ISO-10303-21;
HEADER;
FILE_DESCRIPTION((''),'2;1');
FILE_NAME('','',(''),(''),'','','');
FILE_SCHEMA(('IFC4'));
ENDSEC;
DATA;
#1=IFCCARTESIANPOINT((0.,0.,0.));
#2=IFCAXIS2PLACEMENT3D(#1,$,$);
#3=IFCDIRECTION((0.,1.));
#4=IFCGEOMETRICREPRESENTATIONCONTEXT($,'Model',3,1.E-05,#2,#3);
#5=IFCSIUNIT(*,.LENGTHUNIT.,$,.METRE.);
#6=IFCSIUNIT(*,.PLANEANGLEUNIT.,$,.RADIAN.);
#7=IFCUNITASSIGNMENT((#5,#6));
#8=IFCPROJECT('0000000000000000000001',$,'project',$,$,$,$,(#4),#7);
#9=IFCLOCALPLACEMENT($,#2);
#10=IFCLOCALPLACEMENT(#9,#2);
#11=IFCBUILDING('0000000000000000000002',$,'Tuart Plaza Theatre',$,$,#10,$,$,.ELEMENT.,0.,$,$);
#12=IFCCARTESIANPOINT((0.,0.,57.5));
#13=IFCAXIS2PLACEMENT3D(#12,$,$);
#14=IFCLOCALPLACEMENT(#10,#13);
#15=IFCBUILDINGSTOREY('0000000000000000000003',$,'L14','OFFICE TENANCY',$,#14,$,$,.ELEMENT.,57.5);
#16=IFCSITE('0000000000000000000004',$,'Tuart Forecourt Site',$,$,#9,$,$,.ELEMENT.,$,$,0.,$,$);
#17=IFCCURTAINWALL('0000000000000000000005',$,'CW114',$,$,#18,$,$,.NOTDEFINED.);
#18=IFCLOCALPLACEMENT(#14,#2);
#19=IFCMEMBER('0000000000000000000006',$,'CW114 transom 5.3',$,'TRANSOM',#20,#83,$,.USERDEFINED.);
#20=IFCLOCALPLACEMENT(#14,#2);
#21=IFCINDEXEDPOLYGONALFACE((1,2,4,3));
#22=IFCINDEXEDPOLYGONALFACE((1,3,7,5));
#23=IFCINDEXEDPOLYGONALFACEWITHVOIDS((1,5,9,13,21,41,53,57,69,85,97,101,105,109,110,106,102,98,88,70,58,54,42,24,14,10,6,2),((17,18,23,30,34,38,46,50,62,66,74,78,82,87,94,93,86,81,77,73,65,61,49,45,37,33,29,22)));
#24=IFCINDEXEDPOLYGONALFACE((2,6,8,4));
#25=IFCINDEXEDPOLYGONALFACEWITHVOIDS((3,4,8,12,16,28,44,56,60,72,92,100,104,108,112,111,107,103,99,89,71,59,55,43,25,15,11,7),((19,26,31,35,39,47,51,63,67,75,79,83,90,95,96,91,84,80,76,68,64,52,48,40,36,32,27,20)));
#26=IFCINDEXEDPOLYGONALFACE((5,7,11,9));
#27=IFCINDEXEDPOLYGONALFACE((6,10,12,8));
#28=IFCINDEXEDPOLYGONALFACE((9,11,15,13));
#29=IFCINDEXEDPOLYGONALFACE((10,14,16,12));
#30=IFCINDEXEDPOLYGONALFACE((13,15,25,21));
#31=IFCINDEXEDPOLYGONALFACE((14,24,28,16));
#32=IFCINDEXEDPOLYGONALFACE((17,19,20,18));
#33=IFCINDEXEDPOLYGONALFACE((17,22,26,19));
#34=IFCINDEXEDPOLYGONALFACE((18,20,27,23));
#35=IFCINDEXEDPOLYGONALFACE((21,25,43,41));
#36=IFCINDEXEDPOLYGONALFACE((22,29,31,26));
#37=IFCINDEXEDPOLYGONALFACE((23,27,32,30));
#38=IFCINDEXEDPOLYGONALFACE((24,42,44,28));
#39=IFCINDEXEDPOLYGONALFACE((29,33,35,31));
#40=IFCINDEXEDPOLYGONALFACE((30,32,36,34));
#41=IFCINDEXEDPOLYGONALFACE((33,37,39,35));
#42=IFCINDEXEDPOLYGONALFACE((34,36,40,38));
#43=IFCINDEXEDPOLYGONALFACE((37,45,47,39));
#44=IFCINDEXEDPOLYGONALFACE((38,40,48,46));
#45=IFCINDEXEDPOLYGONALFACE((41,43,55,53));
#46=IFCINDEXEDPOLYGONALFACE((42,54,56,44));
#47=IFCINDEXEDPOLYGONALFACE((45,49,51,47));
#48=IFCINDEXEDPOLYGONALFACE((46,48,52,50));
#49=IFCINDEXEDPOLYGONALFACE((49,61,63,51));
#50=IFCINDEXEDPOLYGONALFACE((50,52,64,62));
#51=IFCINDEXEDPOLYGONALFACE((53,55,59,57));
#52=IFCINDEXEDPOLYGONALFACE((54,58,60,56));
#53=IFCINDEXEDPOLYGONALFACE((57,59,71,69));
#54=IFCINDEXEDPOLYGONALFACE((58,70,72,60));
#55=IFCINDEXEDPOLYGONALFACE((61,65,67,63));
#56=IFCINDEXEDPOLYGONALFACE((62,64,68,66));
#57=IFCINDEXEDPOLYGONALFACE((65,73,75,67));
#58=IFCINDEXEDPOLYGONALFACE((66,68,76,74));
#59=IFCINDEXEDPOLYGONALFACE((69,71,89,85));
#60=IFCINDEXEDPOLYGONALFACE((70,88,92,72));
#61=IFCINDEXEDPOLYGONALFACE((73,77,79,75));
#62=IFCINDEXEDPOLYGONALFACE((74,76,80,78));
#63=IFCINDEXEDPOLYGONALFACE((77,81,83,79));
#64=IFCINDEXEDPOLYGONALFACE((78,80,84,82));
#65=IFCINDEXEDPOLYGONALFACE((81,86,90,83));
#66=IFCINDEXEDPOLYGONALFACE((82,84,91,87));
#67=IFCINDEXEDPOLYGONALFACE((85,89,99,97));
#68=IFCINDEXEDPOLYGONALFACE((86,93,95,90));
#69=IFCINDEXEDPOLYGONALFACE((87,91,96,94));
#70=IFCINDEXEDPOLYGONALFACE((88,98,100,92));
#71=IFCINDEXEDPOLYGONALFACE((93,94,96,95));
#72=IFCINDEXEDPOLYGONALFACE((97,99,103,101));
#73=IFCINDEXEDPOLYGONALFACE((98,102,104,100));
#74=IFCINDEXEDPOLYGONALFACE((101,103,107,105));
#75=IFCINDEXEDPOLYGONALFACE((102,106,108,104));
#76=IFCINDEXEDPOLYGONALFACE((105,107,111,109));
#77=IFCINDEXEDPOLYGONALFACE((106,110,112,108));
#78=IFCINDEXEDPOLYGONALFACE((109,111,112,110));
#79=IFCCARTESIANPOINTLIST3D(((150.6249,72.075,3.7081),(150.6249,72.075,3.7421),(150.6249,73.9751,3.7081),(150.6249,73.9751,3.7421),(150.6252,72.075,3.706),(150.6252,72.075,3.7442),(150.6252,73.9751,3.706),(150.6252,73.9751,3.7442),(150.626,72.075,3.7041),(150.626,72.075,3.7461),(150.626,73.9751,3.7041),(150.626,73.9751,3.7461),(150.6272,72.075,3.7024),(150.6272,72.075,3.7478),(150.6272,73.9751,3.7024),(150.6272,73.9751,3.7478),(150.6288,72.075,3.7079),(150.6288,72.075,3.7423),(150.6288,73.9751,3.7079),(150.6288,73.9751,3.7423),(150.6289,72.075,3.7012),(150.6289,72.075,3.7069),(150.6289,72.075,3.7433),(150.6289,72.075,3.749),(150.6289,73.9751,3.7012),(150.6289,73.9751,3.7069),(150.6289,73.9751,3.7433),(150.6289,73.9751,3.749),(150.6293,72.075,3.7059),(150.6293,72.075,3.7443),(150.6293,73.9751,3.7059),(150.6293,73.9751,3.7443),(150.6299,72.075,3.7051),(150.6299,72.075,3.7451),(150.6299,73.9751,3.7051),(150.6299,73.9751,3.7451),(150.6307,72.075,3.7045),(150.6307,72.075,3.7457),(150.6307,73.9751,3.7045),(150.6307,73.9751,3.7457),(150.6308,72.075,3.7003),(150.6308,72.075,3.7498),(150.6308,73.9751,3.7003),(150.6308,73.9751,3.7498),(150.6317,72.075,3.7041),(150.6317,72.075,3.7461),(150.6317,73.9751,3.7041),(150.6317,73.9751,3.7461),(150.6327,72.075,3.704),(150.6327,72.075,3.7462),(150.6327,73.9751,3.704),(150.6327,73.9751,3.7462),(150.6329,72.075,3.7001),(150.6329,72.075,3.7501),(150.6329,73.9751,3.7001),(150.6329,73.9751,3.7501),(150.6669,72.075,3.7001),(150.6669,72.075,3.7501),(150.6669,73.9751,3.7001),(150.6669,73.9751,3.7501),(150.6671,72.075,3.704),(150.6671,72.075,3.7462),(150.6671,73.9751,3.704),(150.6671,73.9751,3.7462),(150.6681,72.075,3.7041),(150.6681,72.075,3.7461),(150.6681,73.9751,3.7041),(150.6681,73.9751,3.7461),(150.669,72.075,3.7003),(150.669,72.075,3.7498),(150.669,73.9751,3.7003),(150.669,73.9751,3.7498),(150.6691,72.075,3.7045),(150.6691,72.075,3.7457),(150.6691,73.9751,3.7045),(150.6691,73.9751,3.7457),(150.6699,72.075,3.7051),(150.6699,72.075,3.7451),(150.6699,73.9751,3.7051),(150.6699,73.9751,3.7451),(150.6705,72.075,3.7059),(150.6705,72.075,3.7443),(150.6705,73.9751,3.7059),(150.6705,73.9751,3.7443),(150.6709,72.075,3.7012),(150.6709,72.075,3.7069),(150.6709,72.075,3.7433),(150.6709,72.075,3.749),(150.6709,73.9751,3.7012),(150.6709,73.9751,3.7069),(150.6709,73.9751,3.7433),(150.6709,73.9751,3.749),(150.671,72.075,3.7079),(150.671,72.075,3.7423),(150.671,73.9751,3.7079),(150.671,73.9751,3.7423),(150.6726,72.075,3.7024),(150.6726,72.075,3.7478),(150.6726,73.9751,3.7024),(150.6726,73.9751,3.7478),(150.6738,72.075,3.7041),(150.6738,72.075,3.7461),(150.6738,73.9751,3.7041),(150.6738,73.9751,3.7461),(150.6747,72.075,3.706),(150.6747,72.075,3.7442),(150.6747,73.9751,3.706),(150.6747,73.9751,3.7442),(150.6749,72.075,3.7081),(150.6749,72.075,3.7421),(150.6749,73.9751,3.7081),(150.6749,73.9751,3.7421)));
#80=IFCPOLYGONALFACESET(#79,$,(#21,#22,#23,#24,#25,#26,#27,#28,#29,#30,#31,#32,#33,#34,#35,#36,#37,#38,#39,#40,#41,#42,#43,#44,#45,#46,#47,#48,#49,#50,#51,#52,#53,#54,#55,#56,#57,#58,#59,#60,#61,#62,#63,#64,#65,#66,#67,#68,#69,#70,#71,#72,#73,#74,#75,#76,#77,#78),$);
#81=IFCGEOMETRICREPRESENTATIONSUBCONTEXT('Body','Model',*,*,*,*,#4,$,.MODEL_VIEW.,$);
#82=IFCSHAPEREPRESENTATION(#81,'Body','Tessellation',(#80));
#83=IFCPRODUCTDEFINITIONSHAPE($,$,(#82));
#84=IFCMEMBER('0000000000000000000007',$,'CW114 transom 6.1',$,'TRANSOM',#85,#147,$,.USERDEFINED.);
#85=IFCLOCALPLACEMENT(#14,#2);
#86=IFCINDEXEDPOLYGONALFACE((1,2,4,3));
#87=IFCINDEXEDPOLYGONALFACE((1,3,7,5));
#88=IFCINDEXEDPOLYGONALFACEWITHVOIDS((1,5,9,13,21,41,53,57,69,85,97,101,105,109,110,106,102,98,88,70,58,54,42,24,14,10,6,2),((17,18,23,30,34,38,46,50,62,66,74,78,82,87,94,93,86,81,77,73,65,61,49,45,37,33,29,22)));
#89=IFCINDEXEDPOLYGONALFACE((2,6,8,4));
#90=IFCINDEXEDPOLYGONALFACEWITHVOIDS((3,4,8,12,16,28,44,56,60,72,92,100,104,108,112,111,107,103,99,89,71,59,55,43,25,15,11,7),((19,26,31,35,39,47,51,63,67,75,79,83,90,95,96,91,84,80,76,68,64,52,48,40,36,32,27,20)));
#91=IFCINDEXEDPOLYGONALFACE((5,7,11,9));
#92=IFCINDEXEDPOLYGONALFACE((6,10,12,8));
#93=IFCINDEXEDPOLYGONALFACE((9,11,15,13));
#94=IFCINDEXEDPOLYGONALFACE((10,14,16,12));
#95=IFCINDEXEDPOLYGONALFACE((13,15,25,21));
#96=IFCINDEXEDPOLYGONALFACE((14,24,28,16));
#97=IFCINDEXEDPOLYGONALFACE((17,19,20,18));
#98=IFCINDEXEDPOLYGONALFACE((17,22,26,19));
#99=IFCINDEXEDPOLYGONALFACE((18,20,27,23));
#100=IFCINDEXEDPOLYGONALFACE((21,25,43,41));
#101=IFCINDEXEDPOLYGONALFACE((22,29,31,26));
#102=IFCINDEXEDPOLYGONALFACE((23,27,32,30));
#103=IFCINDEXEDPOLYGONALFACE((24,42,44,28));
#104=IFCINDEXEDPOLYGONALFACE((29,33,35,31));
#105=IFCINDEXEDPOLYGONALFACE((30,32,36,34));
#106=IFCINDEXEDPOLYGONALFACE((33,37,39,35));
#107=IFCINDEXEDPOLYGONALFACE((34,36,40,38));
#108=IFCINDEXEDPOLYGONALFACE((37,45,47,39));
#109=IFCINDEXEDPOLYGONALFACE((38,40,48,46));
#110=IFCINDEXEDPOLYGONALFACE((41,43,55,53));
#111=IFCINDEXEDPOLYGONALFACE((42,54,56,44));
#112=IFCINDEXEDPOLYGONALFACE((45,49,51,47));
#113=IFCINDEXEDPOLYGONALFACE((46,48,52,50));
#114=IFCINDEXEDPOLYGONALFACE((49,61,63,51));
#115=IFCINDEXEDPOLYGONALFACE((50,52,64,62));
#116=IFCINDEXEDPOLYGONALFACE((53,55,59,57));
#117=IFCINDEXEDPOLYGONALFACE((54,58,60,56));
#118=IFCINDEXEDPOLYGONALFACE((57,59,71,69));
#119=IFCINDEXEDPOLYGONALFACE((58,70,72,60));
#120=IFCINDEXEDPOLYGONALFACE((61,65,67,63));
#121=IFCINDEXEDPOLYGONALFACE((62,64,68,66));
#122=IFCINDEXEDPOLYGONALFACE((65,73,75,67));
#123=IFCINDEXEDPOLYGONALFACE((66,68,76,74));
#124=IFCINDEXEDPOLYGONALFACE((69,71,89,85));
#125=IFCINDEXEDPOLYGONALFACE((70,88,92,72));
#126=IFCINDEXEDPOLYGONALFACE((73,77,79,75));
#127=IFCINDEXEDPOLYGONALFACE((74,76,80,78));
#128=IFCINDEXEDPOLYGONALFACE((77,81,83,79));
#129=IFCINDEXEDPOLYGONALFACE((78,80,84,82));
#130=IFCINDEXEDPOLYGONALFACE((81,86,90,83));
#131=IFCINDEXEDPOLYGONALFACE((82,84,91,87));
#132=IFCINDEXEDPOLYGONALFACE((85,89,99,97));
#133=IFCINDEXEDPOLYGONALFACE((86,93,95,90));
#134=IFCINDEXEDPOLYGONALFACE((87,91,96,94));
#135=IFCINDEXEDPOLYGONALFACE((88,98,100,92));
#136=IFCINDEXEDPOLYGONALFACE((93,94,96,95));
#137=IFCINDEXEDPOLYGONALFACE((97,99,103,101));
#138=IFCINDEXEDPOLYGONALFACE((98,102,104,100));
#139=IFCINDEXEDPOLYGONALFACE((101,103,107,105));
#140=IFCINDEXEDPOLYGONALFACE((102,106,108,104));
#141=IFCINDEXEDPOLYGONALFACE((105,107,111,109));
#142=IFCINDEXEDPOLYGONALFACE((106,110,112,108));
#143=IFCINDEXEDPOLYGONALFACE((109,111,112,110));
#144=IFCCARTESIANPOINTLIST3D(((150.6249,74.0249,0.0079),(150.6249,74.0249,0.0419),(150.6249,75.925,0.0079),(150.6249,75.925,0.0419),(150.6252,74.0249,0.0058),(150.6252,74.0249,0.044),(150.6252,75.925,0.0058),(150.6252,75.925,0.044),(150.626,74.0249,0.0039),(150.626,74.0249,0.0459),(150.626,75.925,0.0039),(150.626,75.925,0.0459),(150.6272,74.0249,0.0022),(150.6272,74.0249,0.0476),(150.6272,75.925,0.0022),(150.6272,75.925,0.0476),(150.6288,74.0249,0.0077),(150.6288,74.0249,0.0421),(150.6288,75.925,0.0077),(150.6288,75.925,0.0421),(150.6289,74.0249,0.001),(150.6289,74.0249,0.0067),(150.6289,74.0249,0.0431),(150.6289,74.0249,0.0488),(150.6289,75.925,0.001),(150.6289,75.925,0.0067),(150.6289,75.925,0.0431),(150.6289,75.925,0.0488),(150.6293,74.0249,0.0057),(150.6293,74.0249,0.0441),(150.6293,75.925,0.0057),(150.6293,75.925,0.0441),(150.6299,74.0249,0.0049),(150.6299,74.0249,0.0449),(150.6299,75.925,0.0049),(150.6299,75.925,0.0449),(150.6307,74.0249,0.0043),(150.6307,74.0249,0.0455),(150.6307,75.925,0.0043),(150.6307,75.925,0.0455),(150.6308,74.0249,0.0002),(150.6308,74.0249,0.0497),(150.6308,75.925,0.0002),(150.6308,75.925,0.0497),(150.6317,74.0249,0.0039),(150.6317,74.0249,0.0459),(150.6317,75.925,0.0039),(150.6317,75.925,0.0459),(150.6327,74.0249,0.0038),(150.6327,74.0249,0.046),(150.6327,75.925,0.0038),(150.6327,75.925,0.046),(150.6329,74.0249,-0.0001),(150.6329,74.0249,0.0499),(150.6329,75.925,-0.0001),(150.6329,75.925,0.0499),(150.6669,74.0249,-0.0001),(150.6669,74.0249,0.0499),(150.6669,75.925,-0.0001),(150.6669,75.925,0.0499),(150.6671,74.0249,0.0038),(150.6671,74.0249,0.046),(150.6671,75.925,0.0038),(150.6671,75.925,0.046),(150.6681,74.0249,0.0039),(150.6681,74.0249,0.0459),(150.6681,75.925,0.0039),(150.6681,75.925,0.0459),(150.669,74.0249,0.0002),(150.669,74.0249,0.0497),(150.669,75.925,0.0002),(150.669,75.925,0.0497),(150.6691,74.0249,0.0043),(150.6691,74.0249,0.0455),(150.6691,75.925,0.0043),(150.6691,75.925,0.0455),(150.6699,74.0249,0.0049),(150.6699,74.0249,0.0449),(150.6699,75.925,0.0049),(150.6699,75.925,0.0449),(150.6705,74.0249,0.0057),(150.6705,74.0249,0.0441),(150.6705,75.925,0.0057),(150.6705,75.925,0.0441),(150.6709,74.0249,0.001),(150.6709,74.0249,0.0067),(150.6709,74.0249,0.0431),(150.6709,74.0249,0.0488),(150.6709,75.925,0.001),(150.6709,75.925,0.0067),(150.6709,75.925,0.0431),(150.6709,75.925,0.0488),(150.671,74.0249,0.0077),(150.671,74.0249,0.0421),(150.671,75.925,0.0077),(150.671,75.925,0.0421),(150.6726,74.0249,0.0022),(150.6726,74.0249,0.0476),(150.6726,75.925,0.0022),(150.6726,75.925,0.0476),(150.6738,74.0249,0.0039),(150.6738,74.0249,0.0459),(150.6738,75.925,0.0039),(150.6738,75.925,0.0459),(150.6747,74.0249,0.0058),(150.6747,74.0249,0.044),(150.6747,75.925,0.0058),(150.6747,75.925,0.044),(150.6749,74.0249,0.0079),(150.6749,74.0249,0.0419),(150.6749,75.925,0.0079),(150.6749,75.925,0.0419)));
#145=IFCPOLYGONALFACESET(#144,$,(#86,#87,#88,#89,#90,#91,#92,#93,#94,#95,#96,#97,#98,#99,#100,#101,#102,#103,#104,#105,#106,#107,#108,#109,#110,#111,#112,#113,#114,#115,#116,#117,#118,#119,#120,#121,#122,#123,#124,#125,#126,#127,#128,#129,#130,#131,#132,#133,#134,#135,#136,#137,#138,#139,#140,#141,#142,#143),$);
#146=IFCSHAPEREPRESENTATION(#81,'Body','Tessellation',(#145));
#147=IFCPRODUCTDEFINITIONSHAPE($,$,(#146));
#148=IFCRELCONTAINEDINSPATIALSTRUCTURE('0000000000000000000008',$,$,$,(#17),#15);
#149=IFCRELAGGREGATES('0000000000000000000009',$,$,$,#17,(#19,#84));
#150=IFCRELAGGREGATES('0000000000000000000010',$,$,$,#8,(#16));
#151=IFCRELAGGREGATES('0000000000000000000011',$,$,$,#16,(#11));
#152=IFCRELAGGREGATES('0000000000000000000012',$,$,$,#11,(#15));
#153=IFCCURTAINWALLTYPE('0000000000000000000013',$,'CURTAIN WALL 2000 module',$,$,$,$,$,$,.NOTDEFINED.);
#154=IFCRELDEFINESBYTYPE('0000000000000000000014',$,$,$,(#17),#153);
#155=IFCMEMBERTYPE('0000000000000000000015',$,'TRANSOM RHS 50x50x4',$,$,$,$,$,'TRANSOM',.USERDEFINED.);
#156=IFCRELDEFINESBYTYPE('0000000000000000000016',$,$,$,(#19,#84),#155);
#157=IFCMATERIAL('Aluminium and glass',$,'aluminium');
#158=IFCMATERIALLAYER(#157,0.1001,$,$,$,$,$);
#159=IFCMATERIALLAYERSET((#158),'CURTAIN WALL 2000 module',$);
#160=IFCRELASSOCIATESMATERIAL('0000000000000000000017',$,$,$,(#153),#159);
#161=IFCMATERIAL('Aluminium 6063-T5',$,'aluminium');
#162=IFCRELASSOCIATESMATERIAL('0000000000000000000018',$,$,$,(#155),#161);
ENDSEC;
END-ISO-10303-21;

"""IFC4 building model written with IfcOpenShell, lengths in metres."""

from ifc_helpers import new_model, si_unit, direction, frame, origin, origin_2d, place, context, subcontext, project, spatial, hollow_rectangle, extrude, material, layer, layer_set, material_profile, profile_set, type_object, element, aggregate, save


model = new_model("IFC4")

# Units and contexts
model_context = context("Model", 3, precision=1e-05, world=origin(), true_north=direction((0.0, 1.0)))
body_context = subcontext(model_context, "Body", "Model", "MODEL_VIEW")
ifc_project = project(units=[si_unit("LENGTHUNIT", "METRE"), si_unit("PLANEANGLEUNIT", "RADIAN")], contexts=[model_context])

# Site, building, storey
site_placement = place(None, origin())
site = spatial("IfcSite", under=ifc_project, at=site_placement, Name="Tuart Forecourt Site", CompositionType="ELEMENT", RefElevation=0.0)
building_placement = place(site_placement, origin())
building = spatial("IfcBuilding", under=site, at=building_placement, Name="Tuart Plaza Theatre", CompositionType="ELEMENT", ElevationOfRefHeight=0.0)
storey_placement = place(building_placement, frame((0.0, 0.0, 57.5)))
storey = spatial("IfcBuildingStorey", under=building, at=storey_placement, Name="L14", Description="OFFICE TENANCY", CompositionType="ELEMENT", Elevation=57.5)

# Curtain wall, members
ifc_material_1 = material(Name="Aluminium and glass", Category="aluminium")
ifc_layer_1 = layer(ifc_material_1, 0.1001)
ifc_layer_set_1 = layer_set([ifc_layer_1], Name="CURTAIN WALL 2000 module")
curtain_wall_type = type_object("IfcCurtainWallType", Name="CURTAIN WALL 2000 module", PredefinedType="NOTDEFINED", material=ifc_layer_set_1)
curtain_wall_placement = place(storey_placement, origin())
curtain_wall = element("IfcCurtainWall", 1, at=curtain_wall_placement, inside=storey, type_object=curtain_wall_type, Name="CW114", PredefinedType="NOTDEFINED")
ifc_material_2 = material(Name="Aluminium 6063-T5", Category="aluminium")
ifc_material_profile_1 = material_profile(ifc_material_2, hollow_rectangle(XDim=0.05, YDim=0.05, WallThickness=0.0039, InnerFilletRadius=0.0039, OuterFilletRadius=0.0081, at=origin_2d()), Name="RHS 50x50x4")
ifc_profile_set_1 = profile_set([ifc_material_profile_1], Name="Aluminium 6063-T5")
member_type_1 = type_object("IfcMemberType", Name="TRANSOM RHS 50x50x4", ElementType="TRANSOM", PredefinedType="USERDEFINED", material=ifc_profile_set_1)
member_1_placement = place(storey_placement, frame((150.6499, 72.075, 3.7251), z_axis=(0.0, 1.0, 0.0), x_axis=(-1.0, 0.0, 0.0)))
member_1 = element("IfcMember", 2, at=member_1_placement, type_object=member_type_1, Name="CW114 transom 5.3", ObjectType="TRANSOM", PredefinedType="USERDEFINED", context=body_context, shape_type="SweptSolid", body=[
    extrude(hollow_rectangle(XDim=0.05, YDim=0.05, WallThickness=0.0039, InnerFilletRadius=0.0039, OuterFilletRadius=0.0081, at=origin_2d()), origin(), (0.0, 0.0, 1.0), 1.9001),
])
member_2_placement = place(storey_placement, frame((150.6499, 74.0249, 0.0249), z_axis=(0.0, 1.0, 0.0), x_axis=(-1.0, 0.0, 0.0)))
member_2 = element("IfcMember", 3, at=member_2_placement, type_object=member_type_1, Name="CW114 transom 6.1", ObjectType="TRANSOM", PredefinedType="USERDEFINED", context=body_context, shape_type="SweptSolid", body=[
    extrude(hollow_rectangle(XDim=0.05, YDim=0.05, WallThickness=0.0039, InnerFilletRadius=0.0039, OuterFilletRadius=0.0081, at=origin_2d()), origin(), (0.0, 0.0, 1.0), 1.9001),
])
aggregate(curtain_wall, [member_1, member_2])

save(model, "model.ifc")
